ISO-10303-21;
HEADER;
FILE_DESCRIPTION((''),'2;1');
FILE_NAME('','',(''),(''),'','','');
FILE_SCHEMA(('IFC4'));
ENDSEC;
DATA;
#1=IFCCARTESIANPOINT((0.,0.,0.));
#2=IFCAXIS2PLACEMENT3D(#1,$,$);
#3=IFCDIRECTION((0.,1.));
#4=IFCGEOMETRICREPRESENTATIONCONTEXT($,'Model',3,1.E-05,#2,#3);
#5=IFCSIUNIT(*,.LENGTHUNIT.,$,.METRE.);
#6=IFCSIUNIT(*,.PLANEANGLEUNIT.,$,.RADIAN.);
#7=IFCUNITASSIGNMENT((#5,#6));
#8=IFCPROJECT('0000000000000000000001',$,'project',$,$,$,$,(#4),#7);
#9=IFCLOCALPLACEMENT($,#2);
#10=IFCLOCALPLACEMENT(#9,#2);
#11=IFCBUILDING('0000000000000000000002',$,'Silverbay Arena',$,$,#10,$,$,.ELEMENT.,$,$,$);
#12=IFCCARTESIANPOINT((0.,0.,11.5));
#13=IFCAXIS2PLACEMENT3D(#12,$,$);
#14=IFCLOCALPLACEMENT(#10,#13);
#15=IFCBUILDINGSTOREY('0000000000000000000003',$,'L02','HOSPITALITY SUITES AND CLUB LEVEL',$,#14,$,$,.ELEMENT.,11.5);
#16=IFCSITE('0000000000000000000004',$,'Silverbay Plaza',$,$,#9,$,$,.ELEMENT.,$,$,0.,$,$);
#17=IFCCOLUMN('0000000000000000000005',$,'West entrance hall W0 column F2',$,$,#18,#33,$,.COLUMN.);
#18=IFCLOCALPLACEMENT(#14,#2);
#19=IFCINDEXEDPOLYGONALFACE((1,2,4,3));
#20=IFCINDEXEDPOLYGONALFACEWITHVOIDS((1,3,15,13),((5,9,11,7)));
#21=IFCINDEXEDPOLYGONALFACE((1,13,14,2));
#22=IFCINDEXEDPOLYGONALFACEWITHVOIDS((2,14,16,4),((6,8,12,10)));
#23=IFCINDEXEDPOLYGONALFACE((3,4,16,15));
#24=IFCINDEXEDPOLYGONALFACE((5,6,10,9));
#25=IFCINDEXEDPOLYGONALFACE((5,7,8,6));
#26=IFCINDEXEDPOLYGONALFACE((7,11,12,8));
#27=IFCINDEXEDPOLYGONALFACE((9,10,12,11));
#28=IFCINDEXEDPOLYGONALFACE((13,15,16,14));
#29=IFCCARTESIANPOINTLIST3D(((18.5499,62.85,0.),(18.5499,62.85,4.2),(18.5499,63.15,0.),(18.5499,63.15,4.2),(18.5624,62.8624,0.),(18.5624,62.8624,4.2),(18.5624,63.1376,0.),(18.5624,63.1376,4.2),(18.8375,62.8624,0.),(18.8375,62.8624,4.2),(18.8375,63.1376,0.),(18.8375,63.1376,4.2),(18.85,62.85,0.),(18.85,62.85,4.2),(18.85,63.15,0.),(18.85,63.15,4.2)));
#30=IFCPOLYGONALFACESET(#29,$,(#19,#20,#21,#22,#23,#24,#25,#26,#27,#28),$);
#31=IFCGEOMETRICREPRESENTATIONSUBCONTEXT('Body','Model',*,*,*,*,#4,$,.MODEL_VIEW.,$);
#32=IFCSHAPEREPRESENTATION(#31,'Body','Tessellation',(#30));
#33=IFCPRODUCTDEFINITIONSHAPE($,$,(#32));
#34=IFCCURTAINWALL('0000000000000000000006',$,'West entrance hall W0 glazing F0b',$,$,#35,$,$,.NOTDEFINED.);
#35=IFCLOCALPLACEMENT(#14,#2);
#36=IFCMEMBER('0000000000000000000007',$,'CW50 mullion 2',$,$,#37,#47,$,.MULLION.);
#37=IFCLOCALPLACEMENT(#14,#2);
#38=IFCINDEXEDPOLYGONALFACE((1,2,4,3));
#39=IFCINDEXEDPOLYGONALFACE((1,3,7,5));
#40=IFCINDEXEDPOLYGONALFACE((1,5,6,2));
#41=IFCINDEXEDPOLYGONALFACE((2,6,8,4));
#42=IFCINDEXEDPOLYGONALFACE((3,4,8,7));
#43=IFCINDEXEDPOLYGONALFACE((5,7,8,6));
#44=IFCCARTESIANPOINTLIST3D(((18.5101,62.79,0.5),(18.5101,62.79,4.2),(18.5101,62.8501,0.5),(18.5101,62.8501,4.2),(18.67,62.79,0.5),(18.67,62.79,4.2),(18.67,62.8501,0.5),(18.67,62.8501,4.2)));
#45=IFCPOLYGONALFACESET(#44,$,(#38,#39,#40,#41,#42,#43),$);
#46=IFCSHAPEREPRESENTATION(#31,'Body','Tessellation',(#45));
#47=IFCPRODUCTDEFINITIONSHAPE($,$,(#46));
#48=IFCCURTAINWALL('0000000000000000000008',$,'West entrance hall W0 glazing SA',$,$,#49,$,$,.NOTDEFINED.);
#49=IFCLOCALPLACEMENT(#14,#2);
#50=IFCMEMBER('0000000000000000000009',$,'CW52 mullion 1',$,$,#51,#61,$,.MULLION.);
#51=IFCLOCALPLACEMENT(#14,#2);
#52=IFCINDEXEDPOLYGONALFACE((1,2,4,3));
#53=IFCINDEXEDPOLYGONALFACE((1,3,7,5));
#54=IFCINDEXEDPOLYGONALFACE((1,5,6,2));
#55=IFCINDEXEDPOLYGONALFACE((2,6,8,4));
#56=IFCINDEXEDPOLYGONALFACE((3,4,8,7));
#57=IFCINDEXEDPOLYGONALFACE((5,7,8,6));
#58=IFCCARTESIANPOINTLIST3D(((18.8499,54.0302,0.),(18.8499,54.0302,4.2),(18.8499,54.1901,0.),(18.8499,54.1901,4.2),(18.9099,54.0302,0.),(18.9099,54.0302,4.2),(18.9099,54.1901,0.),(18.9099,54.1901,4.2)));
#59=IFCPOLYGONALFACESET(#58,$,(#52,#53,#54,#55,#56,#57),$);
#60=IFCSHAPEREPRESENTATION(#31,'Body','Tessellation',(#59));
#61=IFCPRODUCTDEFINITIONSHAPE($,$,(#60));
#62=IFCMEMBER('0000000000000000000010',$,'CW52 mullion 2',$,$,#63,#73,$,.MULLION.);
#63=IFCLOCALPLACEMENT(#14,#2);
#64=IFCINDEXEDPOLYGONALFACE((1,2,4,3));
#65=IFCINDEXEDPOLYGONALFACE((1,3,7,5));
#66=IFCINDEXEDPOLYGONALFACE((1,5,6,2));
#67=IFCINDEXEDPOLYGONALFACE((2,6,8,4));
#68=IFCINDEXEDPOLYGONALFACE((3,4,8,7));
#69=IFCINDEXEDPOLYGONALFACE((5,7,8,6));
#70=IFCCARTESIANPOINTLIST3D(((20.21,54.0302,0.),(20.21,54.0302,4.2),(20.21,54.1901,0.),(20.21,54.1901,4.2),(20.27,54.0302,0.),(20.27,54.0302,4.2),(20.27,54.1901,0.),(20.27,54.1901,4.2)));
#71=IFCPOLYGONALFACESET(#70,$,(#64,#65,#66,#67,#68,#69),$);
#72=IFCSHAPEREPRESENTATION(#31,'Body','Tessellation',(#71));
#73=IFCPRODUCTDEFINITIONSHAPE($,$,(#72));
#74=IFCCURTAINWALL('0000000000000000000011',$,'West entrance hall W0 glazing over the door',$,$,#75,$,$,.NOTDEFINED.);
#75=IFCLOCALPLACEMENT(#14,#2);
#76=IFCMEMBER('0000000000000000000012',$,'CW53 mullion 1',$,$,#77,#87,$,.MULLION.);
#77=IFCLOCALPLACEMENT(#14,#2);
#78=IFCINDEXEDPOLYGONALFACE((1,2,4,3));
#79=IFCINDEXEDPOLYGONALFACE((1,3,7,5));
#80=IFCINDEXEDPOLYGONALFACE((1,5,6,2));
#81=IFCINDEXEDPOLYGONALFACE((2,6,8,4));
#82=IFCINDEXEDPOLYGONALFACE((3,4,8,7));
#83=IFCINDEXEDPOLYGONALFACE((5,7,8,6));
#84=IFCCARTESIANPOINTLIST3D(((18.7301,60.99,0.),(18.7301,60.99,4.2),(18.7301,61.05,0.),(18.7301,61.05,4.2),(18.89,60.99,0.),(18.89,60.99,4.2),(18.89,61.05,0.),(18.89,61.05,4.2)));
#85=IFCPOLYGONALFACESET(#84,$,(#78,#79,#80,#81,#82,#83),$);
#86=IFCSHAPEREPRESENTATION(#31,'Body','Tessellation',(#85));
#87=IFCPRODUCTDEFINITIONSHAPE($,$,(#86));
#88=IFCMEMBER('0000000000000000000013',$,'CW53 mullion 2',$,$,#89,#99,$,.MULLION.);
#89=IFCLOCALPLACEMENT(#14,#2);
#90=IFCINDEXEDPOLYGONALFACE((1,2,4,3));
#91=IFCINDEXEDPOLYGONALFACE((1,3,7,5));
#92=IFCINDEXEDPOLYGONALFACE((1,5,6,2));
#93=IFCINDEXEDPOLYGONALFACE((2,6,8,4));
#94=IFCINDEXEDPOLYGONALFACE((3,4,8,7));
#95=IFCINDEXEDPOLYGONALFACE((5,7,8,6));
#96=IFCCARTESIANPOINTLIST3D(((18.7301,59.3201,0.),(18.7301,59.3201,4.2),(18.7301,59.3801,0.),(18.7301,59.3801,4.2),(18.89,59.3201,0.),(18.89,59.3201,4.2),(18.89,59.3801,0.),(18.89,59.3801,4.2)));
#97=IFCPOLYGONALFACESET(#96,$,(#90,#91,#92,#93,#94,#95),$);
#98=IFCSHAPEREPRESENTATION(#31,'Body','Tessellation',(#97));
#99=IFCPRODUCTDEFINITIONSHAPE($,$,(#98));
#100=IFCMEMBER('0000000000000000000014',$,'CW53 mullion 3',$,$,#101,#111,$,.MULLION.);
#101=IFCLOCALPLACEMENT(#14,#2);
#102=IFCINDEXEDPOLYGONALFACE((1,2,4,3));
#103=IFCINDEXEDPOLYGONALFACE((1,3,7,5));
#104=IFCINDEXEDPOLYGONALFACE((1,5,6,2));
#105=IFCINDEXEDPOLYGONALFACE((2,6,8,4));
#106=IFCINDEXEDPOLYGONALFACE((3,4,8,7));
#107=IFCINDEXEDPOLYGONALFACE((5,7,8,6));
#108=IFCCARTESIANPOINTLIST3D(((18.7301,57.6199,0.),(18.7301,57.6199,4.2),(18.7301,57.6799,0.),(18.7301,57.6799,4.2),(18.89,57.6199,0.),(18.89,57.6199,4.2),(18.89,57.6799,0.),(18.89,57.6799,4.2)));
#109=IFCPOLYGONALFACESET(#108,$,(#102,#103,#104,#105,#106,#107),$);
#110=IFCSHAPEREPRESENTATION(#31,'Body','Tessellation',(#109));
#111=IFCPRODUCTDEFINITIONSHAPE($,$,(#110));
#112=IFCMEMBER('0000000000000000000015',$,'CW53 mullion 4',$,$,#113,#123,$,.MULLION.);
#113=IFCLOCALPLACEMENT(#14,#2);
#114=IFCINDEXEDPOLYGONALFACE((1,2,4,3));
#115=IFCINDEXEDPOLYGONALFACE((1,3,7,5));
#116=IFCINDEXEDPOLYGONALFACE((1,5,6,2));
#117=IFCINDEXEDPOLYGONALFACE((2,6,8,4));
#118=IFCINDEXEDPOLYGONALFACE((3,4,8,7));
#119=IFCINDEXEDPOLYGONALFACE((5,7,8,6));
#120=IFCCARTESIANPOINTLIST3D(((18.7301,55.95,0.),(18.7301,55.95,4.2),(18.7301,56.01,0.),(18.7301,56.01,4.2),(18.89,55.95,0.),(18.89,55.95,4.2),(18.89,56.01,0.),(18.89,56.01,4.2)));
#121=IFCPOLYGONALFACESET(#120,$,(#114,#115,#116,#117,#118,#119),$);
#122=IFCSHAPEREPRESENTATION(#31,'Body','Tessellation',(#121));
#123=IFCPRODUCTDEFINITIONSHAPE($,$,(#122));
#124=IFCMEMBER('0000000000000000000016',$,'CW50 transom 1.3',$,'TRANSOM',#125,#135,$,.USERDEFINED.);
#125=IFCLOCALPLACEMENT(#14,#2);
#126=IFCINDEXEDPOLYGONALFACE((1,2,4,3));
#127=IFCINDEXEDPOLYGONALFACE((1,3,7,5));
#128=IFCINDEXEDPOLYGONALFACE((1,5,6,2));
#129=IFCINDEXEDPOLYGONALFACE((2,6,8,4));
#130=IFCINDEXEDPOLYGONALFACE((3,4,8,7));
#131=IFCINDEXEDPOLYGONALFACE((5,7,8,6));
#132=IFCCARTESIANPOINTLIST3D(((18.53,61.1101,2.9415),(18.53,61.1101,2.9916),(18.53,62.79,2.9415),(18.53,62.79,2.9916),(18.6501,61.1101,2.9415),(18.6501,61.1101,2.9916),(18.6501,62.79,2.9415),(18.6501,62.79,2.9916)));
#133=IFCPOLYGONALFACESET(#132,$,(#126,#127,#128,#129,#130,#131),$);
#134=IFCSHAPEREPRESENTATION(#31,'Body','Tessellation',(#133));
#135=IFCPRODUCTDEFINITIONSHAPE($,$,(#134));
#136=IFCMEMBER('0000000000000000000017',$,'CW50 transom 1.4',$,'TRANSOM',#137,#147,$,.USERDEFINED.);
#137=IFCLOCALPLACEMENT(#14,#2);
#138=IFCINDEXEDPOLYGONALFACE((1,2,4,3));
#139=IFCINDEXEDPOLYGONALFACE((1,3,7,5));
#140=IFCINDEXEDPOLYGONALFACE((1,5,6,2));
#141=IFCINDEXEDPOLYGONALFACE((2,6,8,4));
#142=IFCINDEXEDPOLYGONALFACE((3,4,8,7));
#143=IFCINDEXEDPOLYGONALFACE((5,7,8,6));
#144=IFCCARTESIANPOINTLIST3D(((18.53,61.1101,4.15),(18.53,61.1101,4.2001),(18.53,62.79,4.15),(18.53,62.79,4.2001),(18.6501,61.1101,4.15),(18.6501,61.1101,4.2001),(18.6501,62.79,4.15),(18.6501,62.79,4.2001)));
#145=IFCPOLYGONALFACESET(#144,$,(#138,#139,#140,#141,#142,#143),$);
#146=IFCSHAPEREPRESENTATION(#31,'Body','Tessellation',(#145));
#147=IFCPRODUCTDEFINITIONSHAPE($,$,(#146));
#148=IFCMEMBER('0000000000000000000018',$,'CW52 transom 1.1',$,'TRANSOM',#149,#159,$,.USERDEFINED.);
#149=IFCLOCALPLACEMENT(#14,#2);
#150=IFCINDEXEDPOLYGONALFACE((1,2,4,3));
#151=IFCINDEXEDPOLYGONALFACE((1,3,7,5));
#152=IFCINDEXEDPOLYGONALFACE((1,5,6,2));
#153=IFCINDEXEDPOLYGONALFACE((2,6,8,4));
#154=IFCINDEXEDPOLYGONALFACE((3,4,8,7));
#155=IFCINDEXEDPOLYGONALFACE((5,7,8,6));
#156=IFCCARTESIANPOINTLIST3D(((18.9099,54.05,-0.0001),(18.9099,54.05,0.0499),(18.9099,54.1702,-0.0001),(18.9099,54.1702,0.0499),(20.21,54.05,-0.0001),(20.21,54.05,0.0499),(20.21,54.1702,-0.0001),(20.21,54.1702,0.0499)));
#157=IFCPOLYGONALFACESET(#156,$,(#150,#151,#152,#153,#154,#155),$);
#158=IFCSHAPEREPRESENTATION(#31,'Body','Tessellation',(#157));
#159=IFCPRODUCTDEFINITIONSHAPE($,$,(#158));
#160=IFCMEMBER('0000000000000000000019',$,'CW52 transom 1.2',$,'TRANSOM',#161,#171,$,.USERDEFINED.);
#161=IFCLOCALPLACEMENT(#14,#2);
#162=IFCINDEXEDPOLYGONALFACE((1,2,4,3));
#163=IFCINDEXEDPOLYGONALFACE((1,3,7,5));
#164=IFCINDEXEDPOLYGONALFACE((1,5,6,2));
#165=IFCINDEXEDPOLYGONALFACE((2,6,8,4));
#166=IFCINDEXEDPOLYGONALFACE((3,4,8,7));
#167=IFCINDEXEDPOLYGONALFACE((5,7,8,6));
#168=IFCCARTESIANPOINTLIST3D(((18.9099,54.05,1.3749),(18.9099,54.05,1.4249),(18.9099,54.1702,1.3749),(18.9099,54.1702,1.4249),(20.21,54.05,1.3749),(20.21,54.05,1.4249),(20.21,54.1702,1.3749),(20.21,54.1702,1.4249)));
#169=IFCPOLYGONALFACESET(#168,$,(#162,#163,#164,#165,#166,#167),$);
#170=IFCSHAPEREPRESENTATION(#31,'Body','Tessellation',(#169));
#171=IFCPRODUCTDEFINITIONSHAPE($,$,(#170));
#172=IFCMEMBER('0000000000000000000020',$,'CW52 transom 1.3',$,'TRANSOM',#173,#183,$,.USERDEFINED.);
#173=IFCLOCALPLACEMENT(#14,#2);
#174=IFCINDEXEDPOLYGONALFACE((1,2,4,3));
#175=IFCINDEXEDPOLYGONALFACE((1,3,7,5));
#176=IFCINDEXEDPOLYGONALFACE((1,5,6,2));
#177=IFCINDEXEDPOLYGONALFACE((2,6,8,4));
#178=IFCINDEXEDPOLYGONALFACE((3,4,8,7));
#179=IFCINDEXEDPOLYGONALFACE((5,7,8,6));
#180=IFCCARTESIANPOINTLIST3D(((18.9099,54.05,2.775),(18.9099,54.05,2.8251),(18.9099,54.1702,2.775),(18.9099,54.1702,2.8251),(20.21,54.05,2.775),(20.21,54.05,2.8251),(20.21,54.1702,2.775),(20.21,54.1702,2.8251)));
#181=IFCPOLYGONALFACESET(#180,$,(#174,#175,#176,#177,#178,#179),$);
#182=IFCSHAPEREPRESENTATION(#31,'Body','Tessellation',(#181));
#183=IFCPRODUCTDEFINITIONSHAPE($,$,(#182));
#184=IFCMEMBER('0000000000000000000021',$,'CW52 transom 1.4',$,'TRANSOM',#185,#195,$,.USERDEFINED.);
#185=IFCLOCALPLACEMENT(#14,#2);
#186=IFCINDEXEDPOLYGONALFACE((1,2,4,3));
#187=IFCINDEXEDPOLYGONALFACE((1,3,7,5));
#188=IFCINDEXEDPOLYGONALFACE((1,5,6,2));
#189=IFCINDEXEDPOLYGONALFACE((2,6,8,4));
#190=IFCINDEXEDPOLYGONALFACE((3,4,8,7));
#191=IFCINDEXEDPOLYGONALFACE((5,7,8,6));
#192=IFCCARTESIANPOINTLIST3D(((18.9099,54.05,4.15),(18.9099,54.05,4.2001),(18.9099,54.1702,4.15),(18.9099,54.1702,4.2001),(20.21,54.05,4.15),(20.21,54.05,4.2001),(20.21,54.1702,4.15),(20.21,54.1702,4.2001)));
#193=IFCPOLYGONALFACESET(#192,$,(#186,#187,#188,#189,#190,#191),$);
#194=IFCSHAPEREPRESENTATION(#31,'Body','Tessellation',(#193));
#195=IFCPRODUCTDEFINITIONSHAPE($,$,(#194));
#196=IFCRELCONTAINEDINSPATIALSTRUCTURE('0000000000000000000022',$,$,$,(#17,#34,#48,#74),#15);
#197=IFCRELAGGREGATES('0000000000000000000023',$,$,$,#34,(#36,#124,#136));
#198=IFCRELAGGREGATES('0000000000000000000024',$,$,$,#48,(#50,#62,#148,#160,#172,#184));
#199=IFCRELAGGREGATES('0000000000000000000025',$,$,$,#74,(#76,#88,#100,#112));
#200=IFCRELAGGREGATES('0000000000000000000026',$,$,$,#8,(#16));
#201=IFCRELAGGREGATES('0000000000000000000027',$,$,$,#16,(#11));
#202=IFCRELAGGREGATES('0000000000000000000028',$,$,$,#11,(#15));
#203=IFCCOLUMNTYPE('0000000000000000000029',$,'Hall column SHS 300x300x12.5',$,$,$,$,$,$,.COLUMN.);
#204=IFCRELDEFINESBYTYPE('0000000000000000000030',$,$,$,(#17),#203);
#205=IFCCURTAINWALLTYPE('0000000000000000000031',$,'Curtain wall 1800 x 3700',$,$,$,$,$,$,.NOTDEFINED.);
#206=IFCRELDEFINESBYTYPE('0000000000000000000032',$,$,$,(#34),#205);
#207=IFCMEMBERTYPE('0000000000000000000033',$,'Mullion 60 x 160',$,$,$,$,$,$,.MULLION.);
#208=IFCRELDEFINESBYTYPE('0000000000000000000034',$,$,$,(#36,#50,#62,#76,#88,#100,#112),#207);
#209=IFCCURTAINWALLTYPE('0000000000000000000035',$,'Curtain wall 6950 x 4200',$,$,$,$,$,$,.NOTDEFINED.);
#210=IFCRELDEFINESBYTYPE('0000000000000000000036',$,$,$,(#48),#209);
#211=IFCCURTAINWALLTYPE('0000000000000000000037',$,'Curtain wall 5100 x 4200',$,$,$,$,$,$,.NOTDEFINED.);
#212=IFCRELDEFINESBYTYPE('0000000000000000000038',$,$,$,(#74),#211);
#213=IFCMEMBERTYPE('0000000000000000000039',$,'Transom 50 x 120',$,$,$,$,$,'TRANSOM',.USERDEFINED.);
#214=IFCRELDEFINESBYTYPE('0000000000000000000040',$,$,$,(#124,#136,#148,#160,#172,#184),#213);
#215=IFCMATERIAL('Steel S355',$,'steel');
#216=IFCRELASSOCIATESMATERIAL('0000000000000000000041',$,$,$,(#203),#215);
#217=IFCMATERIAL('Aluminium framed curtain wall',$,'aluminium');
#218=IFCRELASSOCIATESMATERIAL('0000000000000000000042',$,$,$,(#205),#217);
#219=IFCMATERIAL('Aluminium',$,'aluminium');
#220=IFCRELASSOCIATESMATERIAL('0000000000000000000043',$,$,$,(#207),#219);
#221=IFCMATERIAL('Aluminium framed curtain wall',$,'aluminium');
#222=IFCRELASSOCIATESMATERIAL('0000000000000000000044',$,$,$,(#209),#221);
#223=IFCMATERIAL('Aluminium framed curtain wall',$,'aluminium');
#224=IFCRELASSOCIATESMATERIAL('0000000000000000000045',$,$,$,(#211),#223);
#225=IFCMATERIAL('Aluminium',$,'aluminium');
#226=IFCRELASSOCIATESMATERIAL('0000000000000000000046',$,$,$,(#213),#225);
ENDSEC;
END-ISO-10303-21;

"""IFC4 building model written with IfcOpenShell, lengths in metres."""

from ifc_helpers import new_model, si_unit, direction, frame, origin, origin_2d, place, context, subcontext, project, spatial, rectangle, hollow_rectangle, extrude, material, material_profile, profile_set, type_object, element, aggregate, save


model = new_model("IFC4")

# Units and contexts
model_context = context("Model", 3, precision=1e-05, world=origin(), true_north=direction((0.0, 1.0)))
body_context = subcontext(model_context, "Body", "Model", "MODEL_VIEW")
ifc_project = project(units=[si_unit("LENGTHUNIT", "METRE"), si_unit("PLANEANGLEUNIT", "RADIAN")], contexts=[model_context])

# Site, building, storey
site_placement = place(None, origin())
site = spatial("IfcSite", under=ifc_project, at=site_placement, Name="Silverbay Plaza", CompositionType="ELEMENT", RefElevation=0.0)
building_placement = place(site_placement, origin())
building = spatial("IfcBuilding", under=site, at=building_placement, Name="Silverbay Arena", CompositionType="ELEMENT")
storey_placement = place(building_placement, frame((0.0, 0.0, 11.5)))
storey = spatial("IfcBuildingStorey", under=building, at=storey_placement, Name="L02", Description="HOSPITALITY SUITES AND CLUB LEVEL", CompositionType="ELEMENT", Elevation=11.5)

# Column
ifc_material_1 = material(Name="Steel S355", Category="steel")
ifc_material_profile_1 = material_profile(ifc_material_1, hollow_rectangle(XDim=0.3, YDim=0.3, WallThickness=0.0125, at=origin_2d()), Name="SHS 300x300x12.5")
ifc_profile_set_1 = profile_set([ifc_material_profile_1], Name="Steel S355")
column_type = type_object("IfcColumnType", Name="Hall column SHS 300x300x12.5", PredefinedType="COLUMN", material=ifc_profile_set_1)
column_placement = place(storey_placement, frame((18.7, 63.0, 0.0), z_axis=(0.0, 0.0, 1.0), x_axis=(1.0, 0.0, 0.0)))
element("IfcColumn", 1, at=column_placement, inside=storey, type_object=column_type, Name="West entrance hall W0 column F2", PredefinedType="COLUMN", context=body_context, shape_type="SweptSolid", body=[
    extrude(hollow_rectangle(XDim=0.3, YDim=0.3, WallThickness=0.0125, at=origin_2d()), origin(), (0.0, 0.0, 1.0), 4.2),
])

# Curtain wall, member
ifc_material_2 = material(Name="Aluminium framed curtain wall", Category="aluminium")
curtain_wall_type_1 = type_object("IfcCurtainWallType", Name="Curtain wall 1800 x 3700", PredefinedType="NOTDEFINED", material=ifc_material_2)
curtain_wall_1_placement = place(storey_placement, origin())
curtain_wall_1 = element("IfcCurtainWall", 2, at=curtain_wall_1_placement, inside=storey, type_object=curtain_wall_type_1, Name="West entrance hall W0 glazing F0b", PredefinedType="NOTDEFINED")
ifc_material_3 = material(Name="Aluminium", Category="aluminium")
ifc_material_profile_2 = material_profile(ifc_material_3, rectangle(XDim=0.1599, YDim=0.0601, at=origin_2d()), Name="Mullion 60 x 160")
ifc_profile_set_2 = profile_set([ifc_material_profile_2], Name="Aluminium")
member_type_1 = type_object("IfcMemberType", Name="Mullion 60 x 160", PredefinedType="MULLION", material=ifc_profile_set_2)
member_1_placement = place(storey_placement, frame((18.5901, 62.8201, 0.5), z_axis=(0.0, 0.0, 1.0), x_axis=(-1.0, 0.0, 0.0)))
member_1 = element("IfcMember", 3, at=member_1_placement, type_object=member_type_1, Name="CW50 mullion 2", PredefinedType="MULLION", context=body_context, shape_type="SweptSolid", body=[
    extrude(rectangle(XDim=0.1599, YDim=0.0601, at=origin_2d()), origin(), (0.0, 0.0, 1.0), 3.7),
])

# Curtain walls, members
ifc_material_4 = material(Name="Aluminium framed curtain wall", Category="aluminium")
curtain_wall_type_2 = type_object("IfcCurtainWallType", Name="Curtain wall 6950 x 4200", PredefinedType="NOTDEFINED", material=ifc_material_4)
curtain_wall_2_placement = place(storey_placement, origin())
curtain_wall_2 = element("IfcCurtainWall", 4, at=curtain_wall_2_placement, inside=storey, type_object=curtain_wall_type_2, Name="West entrance hall W0 glazing SA", PredefinedType="NOTDEFINED")
member_2_placement = place(storey_placement, frame((18.8799, 54.1101, 0.0), z_axis=(0.0, 0.0, 1.0), x_axis=(0.0, 1.0, 0.0)))
member_2 = element("IfcMember", 5, at=member_2_placement, type_object=member_type_1, Name="CW52 mullion 1", PredefinedType="MULLION", context=body_context, shape_type="SweptSolid", body=[
    extrude(rectangle(XDim=0.1599, YDim=0.0601, at=origin_2d()), origin(), (0.0, 0.0, 1.0), 4.2),
])
member_3_placement = place(storey_placement, frame((20.24, 54.1101, 0.0), z_axis=(0.0, 0.0, 1.0), x_axis=(0.0, 1.0, 0.0)))
member_3 = element("IfcMember", 6, at=member_3_placement, type_object=member_type_1, Name="CW52 mullion 2", PredefinedType="MULLION", context=body_context, shape_type="SweptSolid", body=[
    extrude(rectangle(XDim=0.1599, YDim=0.0601, at=origin_2d()), origin(), (0.0, 0.0, 1.0), 4.2),
])
ifc_material_5 = material(Name="Aluminium framed curtain wall", Category="aluminium")
curtain_wall_type_3 = type_object("IfcCurtainWallType", Name="Curtain wall 5100 x 4200", PredefinedType="NOTDEFINED", material=ifc_material_5)
curtain_wall_3_placement = place(storey_placement, origin())
curtain_wall_3 = element("IfcCurtainWall", 7, at=curtain_wall_3_placement, inside=storey, type_object=curtain_wall_type_3, Name="West entrance hall W0 glazing over the door", PredefinedType="NOTDEFINED")
member_4_placement = place(storey_placement, frame((18.8101, 61.02, 0.0), z_axis=(0.0, 0.0, 1.0), x_axis=(1.0, 0.0, 0.0)))
member_4 = element("IfcMember", 8, at=member_4_placement, type_object=member_type_1, Name="CW53 mullion 1", PredefinedType="MULLION", context=body_context, shape_type="SweptSolid", body=[
    extrude(rectangle(XDim=0.1599, YDim=0.0601, at=origin_2d()), origin(), (0.0, 0.0, 1.0), 4.2),
])
member_5_placement = place(storey_placement, frame((18.8101, 59.3501, 0.0), z_axis=(0.0, 0.0, 1.0), x_axis=(1.0, 0.0, 0.0)))
member_5 = element("IfcMember", 9, at=member_5_placement, type_object=member_type_1, Name="CW53 mullion 2", PredefinedType="MULLION", context=body_context, shape_type="SweptSolid", body=[
    extrude(rectangle(XDim=0.1599, YDim=0.0601, at=origin_2d()), origin(), (0.0, 0.0, 1.0), 4.2),
])
member_6_placement = place(storey_placement, frame((18.8101, 57.6499, 0.0), z_axis=(0.0, 0.0, 1.0), x_axis=(1.0, 0.0, 0.0)))
member_6 = element("IfcMember", 10, at=member_6_placement, type_object=member_type_1, Name="CW53 mullion 3", PredefinedType="MULLION", context=body_context, shape_type="SweptSolid", body=[
    extrude(rectangle(XDim=0.1599, YDim=0.0601, at=origin_2d()), origin(), (0.0, 0.0, 1.0), 4.2),
])
member_7_placement = place(storey_placement, frame((18.8101, 55.98, 0.0), z_axis=(0.0, 0.0, 1.0), x_axis=(1.0, 0.0, 0.0)))
member_7 = element("IfcMember", 11, at=member_7_placement, type_object=member_type_1, Name="CW53 mullion 4", PredefinedType="MULLION", context=body_context, shape_type="SweptSolid", body=[
    extrude(rectangle(XDim=0.1599, YDim=0.0601, at=origin_2d()), origin(), (0.0, 0.0, 1.0), 4.2),
])

# Members
ifc_material_6 = material(Name="Aluminium", Category="aluminium")
ifc_material_profile_3 = material_profile(ifc_material_6, rectangle(XDim=0.1201, YDim=0.05, at=origin_2d()), Name="Transom 50 x 120")
ifc_profile_set_3 = profile_set([ifc_material_profile_3], Name="Aluminium")
member_type_2 = type_object("IfcMemberType", Name="Transom 50 x 120", ElementType="TRANSOM", PredefinedType="USERDEFINED", material=ifc_profile_set_3)
member_8_placement = place(storey_placement, frame((18.5901, 61.1101, 2.9666), z_axis=(0.0, 1.0, 0.0), x_axis=(-1.0, 0.0, 0.0)))
member_8 = element("IfcMember", 12, at=member_8_placement, type_object=member_type_2, Name="CW50 transom 1.3", ObjectType="TRANSOM", PredefinedType="USERDEFINED", context=body_context, shape_type="SweptSolid", body=[
    extrude(rectangle(XDim=0.1201, YDim=0.05, at=origin_2d()), origin(), (0.0, 0.0, 1.0), 1.6799),
])
member_9_placement = place(storey_placement, frame((18.5901, 61.1101, 4.175), z_axis=(0.0, 1.0, 0.0), x_axis=(-1.0, 0.0, 0.0)))
member_9 = element("IfcMember", 13, at=member_9_placement, type_object=member_type_2, Name="CW50 transom 1.4", ObjectType="TRANSOM", PredefinedType="USERDEFINED", context=body_context, shape_type="SweptSolid", body=[
    extrude(rectangle(XDim=0.1201, YDim=0.05, at=origin_2d()), origin(), (0.0, 0.0, 1.0), 1.6799),
])
member_10_placement = place(storey_placement, frame((18.9099, 54.1101, 0.0249), z_axis=(1.0, 0.0, 0.0), x_axis=(0.0, 1.0, 0.0)))
member_10 = element("IfcMember", 14, at=member_10_placement, type_object=member_type_2, Name="CW52 transom 1.1", ObjectType="TRANSOM", PredefinedType="USERDEFINED", context=body_context, shape_type="SweptSolid", body=[
    extrude(rectangle(XDim=0.1201, YDim=0.05, at=origin_2d()), origin(), (0.0, 0.0, 1.0), 1.3),
])
member_11_placement = place(storey_placement, frame((18.9099, 54.1101, 1.3999), z_axis=(1.0, 0.0, 0.0), x_axis=(0.0, 1.0, 0.0)))
member_11 = element("IfcMember", 15, at=member_11_placement, type_object=member_type_2, Name="CW52 transom 1.2", ObjectType="TRANSOM", PredefinedType="USERDEFINED", context=body_context, shape_type="SweptSolid", body=[
    extrude(rectangle(XDim=0.1201, YDim=0.05, at=origin_2d()), origin(), (0.0, 0.0, 1.0), 1.3),
])
member_12_placement = place(storey_placement, frame((18.9099, 54.1101, 2.8), z_axis=(1.0, 0.0, 0.0), x_axis=(0.0, 1.0, 0.0)))
member_12 = element("IfcMember", 16, at=member_12_placement, type_object=member_type_2, Name="CW52 transom 1.3", ObjectType="TRANSOM", PredefinedType="USERDEFINED", context=body_context, shape_type="SweptSolid", body=[
    extrude(rectangle(XDim=0.1201, YDim=0.05, at=origin_2d()), origin(), (0.0, 0.0, 1.0), 1.3),
])
member_13_placement = place(storey_placement, frame((18.9099, 54.1101, 4.175), z_axis=(1.0, 0.0, 0.0), x_axis=(0.0, 1.0, 0.0)))
member_13 = element("IfcMember", 17, at=member_13_placement, type_object=member_type_2, Name="CW52 transom 1.4", ObjectType="TRANSOM", PredefinedType="USERDEFINED", context=body_context, shape_type="SweptSolid", body=[
    extrude(rectangle(XDim=0.1201, YDim=0.05, at=origin_2d()), origin(), (0.0, 0.0, 1.0), 1.3),
])

aggregate(curtain_wall_1, [member_1, member_8, member_9])
aggregate(curtain_wall_2, [member_2, member_3, member_10, member_11, member_12, member_13])
aggregate(curtain_wall_3, [member_4, member_5, member_6, member_7])

save(model, "model.ifc")
